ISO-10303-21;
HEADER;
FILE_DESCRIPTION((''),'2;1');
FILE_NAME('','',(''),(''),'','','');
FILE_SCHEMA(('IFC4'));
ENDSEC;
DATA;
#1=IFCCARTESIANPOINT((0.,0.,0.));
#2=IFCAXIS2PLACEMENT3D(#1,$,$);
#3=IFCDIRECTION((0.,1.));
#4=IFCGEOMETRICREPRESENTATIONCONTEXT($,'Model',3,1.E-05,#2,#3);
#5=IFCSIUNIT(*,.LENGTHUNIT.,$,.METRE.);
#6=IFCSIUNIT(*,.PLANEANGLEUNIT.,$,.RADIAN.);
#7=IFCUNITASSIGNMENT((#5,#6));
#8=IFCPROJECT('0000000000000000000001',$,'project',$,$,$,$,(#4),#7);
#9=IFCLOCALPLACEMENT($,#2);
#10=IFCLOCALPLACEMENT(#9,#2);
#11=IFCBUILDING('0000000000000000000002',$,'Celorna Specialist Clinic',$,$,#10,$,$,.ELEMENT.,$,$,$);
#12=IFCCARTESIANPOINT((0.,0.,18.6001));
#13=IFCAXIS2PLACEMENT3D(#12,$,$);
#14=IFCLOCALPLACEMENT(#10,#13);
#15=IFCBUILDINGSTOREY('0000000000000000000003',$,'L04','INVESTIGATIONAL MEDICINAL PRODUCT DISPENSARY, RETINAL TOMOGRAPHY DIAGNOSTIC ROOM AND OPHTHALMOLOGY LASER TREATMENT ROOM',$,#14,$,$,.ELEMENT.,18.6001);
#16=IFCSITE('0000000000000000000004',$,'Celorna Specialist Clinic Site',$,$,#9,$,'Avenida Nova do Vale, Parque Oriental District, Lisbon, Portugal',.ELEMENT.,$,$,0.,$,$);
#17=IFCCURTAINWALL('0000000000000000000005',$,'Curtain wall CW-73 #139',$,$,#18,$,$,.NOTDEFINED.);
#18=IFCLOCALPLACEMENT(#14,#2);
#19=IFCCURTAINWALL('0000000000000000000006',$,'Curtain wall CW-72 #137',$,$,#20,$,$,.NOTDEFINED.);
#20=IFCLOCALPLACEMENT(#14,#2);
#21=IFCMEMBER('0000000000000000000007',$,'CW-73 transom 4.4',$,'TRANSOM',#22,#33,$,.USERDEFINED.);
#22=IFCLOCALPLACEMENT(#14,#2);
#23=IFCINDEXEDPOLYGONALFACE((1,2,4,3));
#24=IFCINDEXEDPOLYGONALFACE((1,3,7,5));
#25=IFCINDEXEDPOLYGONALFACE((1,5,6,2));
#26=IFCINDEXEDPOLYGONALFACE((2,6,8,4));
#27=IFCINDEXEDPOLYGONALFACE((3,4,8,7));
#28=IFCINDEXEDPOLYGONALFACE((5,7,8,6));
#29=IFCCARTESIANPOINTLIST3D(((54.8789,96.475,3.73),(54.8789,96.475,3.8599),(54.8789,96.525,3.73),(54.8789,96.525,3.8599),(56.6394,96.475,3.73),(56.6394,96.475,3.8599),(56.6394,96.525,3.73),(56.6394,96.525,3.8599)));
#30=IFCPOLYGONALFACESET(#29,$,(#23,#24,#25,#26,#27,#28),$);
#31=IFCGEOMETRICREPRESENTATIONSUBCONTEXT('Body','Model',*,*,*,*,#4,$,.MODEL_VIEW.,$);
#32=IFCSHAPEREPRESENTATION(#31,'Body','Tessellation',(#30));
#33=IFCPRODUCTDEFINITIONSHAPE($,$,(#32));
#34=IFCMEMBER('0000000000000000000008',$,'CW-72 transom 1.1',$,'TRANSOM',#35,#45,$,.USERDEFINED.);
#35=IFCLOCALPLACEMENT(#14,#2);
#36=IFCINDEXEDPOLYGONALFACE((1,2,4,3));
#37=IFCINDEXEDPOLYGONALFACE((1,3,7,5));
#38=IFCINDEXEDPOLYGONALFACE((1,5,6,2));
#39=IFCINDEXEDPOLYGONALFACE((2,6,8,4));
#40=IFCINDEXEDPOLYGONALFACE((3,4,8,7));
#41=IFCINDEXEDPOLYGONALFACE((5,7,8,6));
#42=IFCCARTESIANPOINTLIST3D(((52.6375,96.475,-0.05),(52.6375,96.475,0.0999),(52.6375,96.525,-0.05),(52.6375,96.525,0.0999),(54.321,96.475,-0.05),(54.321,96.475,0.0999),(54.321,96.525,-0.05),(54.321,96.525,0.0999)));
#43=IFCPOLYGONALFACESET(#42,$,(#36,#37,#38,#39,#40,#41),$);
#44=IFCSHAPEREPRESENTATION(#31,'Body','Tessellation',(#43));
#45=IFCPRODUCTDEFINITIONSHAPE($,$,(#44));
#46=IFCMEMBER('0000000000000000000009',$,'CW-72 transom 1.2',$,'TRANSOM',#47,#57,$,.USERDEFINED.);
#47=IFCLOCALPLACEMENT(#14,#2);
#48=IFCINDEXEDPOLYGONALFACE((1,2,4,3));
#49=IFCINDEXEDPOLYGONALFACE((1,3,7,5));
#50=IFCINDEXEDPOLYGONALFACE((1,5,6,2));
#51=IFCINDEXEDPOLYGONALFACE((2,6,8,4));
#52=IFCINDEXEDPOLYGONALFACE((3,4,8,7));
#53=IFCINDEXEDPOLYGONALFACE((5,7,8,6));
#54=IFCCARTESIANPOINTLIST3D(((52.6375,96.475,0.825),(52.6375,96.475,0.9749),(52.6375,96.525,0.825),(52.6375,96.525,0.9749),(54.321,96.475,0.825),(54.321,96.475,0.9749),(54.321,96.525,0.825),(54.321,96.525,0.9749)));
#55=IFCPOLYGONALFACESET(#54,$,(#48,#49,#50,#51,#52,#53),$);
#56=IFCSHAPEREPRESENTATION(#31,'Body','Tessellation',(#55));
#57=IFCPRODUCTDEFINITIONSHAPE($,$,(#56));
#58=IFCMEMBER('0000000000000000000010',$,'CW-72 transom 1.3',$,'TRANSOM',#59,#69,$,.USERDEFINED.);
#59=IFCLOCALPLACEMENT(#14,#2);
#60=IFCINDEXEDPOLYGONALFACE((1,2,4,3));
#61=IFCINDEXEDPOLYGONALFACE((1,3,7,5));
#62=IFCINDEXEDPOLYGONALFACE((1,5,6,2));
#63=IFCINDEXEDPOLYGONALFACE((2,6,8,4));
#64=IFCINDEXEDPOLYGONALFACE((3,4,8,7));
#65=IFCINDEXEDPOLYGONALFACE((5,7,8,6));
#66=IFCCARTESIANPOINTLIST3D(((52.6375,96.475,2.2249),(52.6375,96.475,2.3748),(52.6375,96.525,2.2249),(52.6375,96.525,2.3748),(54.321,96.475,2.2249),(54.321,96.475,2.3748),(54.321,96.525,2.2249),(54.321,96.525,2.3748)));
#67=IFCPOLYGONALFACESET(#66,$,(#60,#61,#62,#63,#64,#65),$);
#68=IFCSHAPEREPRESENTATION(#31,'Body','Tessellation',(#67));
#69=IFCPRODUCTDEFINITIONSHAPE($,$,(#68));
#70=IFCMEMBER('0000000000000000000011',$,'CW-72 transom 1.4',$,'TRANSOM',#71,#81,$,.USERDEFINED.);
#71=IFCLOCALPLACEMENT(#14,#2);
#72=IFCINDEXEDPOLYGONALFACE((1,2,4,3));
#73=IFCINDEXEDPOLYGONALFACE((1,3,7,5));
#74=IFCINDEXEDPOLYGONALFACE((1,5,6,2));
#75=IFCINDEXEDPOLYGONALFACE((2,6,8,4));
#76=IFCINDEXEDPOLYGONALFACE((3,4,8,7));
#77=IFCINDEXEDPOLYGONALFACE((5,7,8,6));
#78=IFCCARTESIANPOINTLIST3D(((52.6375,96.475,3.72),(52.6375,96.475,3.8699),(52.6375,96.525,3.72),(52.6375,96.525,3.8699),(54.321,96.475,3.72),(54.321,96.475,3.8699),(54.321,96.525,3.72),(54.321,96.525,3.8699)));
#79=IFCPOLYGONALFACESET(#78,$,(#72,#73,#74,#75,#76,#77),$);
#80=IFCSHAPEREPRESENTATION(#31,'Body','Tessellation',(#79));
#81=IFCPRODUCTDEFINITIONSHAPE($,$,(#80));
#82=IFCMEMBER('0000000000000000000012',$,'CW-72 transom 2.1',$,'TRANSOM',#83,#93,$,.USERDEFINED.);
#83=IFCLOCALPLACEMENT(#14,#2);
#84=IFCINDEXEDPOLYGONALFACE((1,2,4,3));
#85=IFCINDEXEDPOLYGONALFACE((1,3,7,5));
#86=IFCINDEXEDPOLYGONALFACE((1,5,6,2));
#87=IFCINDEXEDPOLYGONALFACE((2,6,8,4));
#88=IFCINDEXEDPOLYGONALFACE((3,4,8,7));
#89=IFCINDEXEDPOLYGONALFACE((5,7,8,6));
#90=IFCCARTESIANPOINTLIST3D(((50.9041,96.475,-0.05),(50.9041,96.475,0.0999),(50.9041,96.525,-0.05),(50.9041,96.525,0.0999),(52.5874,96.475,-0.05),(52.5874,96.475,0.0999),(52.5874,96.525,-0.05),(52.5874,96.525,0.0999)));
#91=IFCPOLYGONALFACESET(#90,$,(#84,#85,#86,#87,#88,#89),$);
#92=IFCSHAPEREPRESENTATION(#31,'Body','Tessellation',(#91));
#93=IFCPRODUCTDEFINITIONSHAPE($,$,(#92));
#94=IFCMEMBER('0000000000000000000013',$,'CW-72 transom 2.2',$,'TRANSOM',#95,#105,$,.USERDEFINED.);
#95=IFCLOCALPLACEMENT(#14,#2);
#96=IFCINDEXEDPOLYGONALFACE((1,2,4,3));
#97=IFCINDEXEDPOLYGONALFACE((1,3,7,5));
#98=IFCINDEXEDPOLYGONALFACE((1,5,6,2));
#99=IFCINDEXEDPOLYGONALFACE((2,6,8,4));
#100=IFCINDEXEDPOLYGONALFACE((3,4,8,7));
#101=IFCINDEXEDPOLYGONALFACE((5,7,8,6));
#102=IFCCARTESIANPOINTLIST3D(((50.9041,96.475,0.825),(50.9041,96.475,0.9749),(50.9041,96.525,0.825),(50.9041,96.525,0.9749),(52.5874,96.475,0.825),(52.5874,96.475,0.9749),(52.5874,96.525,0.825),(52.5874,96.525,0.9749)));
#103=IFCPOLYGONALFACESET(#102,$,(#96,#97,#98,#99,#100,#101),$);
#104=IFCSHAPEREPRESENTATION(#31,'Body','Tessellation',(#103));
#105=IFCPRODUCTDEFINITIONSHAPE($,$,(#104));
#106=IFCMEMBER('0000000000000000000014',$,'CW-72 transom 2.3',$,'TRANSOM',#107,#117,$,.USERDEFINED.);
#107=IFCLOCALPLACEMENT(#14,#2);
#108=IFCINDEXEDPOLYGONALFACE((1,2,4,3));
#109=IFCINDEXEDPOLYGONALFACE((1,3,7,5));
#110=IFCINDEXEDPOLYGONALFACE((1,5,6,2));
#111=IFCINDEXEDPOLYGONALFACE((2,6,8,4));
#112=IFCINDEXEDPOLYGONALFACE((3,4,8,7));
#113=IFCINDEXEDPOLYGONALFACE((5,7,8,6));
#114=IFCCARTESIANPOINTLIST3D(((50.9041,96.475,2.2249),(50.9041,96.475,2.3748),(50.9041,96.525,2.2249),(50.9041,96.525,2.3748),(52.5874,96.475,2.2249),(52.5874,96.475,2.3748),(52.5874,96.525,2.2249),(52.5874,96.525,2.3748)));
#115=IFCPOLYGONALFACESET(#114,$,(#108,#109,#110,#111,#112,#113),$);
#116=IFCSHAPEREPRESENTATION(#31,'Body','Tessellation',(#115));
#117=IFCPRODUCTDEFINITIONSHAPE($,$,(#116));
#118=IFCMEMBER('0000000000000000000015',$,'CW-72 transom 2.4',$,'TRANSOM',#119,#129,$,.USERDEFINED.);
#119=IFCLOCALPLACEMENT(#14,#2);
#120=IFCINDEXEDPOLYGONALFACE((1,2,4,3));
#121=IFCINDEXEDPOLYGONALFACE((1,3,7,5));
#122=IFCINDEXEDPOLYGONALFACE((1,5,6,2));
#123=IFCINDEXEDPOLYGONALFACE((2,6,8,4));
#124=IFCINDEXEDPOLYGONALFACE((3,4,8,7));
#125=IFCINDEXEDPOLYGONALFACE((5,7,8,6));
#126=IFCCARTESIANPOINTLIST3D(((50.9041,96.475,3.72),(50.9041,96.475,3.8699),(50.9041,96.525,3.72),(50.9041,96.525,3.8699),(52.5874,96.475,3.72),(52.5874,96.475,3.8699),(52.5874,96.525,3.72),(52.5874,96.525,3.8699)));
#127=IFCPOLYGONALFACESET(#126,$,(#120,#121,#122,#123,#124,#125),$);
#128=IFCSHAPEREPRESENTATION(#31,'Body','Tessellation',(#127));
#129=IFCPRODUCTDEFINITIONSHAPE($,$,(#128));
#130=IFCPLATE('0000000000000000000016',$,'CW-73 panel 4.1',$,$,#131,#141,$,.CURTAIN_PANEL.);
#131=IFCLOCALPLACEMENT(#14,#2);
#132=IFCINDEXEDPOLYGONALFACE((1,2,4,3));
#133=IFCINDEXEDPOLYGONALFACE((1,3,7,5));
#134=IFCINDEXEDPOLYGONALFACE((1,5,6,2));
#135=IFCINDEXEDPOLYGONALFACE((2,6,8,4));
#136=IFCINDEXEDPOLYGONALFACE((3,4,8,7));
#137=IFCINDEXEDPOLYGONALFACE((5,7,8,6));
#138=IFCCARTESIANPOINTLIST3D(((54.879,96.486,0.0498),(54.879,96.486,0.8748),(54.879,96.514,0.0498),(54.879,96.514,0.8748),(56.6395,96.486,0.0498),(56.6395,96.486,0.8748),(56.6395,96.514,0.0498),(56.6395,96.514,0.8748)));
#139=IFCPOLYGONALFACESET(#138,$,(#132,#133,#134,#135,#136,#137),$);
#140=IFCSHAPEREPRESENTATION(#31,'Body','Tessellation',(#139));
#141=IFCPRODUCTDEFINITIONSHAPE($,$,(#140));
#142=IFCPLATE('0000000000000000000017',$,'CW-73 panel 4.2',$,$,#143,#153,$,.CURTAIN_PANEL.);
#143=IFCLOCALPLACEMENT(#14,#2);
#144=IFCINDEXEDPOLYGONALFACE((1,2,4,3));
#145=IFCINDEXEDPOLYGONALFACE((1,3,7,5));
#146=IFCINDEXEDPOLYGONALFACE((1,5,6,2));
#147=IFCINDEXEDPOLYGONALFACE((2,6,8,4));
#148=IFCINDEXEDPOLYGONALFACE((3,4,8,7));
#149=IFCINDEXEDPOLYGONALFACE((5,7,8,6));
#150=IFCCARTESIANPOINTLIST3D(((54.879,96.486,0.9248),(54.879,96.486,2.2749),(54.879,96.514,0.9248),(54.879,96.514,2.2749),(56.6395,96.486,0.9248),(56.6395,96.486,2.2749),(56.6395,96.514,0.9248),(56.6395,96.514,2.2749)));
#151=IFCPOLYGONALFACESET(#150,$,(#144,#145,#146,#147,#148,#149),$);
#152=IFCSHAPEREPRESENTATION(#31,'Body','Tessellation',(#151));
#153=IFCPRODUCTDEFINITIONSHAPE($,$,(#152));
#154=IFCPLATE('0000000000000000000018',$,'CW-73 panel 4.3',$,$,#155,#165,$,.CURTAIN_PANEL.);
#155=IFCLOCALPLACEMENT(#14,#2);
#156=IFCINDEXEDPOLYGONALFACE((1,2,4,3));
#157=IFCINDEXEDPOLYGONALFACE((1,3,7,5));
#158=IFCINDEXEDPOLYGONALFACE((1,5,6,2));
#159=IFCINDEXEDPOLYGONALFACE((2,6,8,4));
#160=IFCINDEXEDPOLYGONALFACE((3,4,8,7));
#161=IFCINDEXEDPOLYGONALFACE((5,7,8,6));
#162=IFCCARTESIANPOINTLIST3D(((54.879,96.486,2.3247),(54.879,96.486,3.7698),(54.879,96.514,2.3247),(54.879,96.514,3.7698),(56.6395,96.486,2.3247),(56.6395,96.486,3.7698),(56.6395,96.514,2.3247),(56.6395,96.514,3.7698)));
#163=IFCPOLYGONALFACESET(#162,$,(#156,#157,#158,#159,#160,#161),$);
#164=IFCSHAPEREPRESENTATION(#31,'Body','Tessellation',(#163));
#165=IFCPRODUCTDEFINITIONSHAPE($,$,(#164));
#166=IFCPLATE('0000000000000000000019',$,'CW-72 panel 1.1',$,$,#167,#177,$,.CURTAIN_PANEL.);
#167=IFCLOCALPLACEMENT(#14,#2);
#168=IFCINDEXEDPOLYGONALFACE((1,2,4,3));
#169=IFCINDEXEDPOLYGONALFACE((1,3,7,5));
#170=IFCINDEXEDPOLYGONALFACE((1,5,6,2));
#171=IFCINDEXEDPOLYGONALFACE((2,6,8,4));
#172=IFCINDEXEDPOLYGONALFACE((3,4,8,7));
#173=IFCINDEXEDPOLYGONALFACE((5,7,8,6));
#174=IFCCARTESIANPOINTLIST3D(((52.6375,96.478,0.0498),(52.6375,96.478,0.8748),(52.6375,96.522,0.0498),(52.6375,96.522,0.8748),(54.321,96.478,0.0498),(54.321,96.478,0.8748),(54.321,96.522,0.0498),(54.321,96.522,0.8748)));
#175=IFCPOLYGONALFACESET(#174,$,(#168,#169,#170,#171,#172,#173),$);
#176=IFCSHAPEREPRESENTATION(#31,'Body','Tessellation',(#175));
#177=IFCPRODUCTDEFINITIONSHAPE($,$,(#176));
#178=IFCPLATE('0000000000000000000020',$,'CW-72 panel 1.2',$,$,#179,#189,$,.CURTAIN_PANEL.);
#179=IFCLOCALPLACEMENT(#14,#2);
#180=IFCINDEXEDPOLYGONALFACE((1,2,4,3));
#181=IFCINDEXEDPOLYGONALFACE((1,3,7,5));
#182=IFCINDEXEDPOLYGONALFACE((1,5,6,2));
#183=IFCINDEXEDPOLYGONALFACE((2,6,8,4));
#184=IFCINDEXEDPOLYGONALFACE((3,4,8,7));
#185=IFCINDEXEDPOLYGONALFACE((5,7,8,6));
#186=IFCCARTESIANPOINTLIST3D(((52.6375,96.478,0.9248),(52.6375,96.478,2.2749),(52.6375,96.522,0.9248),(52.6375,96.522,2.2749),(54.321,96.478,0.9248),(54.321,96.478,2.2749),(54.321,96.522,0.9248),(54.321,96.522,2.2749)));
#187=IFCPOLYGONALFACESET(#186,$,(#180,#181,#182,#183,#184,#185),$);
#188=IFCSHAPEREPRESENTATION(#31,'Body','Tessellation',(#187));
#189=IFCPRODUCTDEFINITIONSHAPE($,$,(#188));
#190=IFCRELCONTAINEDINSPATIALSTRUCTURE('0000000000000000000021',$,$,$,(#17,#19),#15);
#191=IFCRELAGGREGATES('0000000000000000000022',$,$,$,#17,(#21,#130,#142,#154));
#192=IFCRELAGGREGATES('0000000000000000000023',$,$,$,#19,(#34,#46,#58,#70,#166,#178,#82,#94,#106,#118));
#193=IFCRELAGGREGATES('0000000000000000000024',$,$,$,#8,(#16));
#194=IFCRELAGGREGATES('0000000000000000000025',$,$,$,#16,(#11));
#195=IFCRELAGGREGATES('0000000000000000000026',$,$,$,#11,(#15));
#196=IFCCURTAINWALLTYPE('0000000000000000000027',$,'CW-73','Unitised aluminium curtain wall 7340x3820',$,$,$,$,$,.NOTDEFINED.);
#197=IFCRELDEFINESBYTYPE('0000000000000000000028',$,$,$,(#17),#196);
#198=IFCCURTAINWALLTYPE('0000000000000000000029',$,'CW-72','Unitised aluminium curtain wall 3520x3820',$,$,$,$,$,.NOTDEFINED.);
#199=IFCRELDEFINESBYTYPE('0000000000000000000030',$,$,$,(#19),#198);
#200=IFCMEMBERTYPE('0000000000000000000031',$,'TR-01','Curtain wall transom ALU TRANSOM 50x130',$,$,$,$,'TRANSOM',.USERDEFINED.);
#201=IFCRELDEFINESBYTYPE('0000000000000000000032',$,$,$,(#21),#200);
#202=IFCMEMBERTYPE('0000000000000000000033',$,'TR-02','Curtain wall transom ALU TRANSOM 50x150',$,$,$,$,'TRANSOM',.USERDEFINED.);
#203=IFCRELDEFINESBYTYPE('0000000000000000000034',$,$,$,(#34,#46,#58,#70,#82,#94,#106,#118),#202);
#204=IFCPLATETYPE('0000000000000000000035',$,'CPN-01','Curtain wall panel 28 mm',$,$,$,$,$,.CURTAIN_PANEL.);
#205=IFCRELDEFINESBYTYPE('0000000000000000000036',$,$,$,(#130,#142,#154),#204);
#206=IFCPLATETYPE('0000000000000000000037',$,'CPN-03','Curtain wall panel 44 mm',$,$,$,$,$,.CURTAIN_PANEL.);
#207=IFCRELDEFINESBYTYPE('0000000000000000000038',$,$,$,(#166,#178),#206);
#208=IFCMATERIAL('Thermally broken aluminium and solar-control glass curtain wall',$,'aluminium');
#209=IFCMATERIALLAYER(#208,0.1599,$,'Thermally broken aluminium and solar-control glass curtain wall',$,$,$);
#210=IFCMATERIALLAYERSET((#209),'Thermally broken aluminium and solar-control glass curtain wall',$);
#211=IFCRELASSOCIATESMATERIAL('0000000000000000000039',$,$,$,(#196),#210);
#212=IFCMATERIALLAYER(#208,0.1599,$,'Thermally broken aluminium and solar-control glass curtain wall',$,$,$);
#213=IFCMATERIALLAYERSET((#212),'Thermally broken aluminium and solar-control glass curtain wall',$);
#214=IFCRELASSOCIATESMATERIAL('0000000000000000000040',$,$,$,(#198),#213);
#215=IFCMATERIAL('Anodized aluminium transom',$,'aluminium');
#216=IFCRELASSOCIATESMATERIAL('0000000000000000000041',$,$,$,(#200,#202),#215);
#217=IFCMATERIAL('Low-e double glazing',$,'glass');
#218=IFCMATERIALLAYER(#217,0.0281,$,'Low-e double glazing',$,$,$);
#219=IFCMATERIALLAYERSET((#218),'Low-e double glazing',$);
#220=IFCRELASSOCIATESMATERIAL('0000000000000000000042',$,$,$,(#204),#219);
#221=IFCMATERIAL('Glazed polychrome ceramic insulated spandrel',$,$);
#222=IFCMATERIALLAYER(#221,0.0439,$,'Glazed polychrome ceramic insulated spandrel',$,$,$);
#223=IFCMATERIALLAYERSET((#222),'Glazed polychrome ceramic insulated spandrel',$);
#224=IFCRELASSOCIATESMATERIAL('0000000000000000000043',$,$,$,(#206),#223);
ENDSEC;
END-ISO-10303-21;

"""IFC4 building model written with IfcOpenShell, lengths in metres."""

from ifc_helpers import new_model, si_unit, direction, frame, origin, origin_2d, place, context, subcontext, project, spatial, rectangle, extrude, material, layer, layer_set, material_profile, profile_set, type_object, element, aggregate, save


model = new_model("IFC4")

# Units and contexts
model_context = context("Model", 3, precision=1e-05, world=origin(), true_north=direction((0.0, 1.0)))
body_context = subcontext(model_context, "Body", "Model", "MODEL_VIEW")
ifc_project = project(units=[si_unit("LENGTHUNIT", "METRE"), si_unit("PLANEANGLEUNIT", "RADIAN")], contexts=[model_context])

# Site, building, storey
site_placement = place(None, origin())
site = spatial("IfcSite", under=ifc_project, at=site_placement, Name="Celorna Specialist Clinic Site", LongName="Avenida Nova do Vale, Parque Oriental District, Lisbon, Portugal", CompositionType="ELEMENT", RefElevation=0.0)
building_placement = place(site_placement, origin())
building = spatial("IfcBuilding", under=site, at=building_placement, Name="Celorna Specialist Clinic", CompositionType="ELEMENT")
storey_placement = place(building_placement, frame((0.0, 0.0, 18.6001)))
storey = spatial("IfcBuildingStorey", under=building, at=storey_placement, Name="L04", Description="INVESTIGATIONAL MEDICINAL PRODUCT DISPENSARY, RETINAL TOMOGRAPHY DIAGNOSTIC ROOM AND OPHTHALMOLOGY LASER TREATMENT ROOM", CompositionType="ELEMENT", Elevation=18.6001)

# Curtain wall
ifc_material_1 = material(Name="Thermally broken aluminium and solar-control glass curtain wall", Category="aluminium")
ifc_layer_1 = layer(ifc_material_1, 0.1599, Name="Thermally broken aluminium and solar-control glass curtain wall")
ifc_layer_set_1 = layer_set([ifc_layer_1], Name="Thermally broken aluminium and solar-control glass curtain wall")
curtain_wall_type_1 = type_object("IfcCurtainWallType", Name="CW-73", Description="Unitised aluminium curtain wall 7340x3820", PredefinedType="NOTDEFINED", material=ifc_layer_set_1)
curtain_wall_1_placement = place(storey_placement, origin())
curtain_wall_1 = element("IfcCurtainWall", 1, at=curtain_wall_1_placement, inside=storey, type_object=curtain_wall_type_1, Name="Curtain wall CW-73 #139", PredefinedType="NOTDEFINED")

# Curtain wall
ifc_layer_2 = layer(ifc_material_1, 0.1599, Name="Thermally broken aluminium and solar-control glass curtain wall")
ifc_layer_set_2 = layer_set([ifc_layer_2], Name="Thermally broken aluminium and solar-control glass curtain wall")
curtain_wall_type_2 = type_object("IfcCurtainWallType", Name="CW-72", Description="Unitised aluminium curtain wall 3520x3820", PredefinedType="NOTDEFINED", material=ifc_layer_set_2)
curtain_wall_2_placement = place(storey_placement, origin())
curtain_wall_2 = element("IfcCurtainWall", 2, at=curtain_wall_2_placement, inside=storey, type_object=curtain_wall_type_2, Name="Curtain wall CW-72 #137", PredefinedType="NOTDEFINED")

# Members
ifc_material_2 = material(Name="Anodized aluminium transom", Category="aluminium")
ifc_material_profile_1 = material_profile(ifc_material_2, rectangle(XDim=0.05, YDim=0.1299, at=origin_2d()), Name="ALU TRANSOM 50x130")
ifc_profile_set_1 = profile_set([ifc_material_profile_1], Name="Anodized aluminium transom")
member_type_1 = type_object("IfcMemberType", Name="TR-01", Description="Curtain wall transom ALU TRANSOM 50x130", ElementType="TRANSOM", PredefinedType="USERDEFINED", material=ifc_profile_set_1)
member_1_placement = place(storey_placement, frame((56.6394, 96.5, 3.7949), z_axis=(-1.0, 0.0, 0.0), x_axis=(0.0, -1.0, 0.0)))
member_1 = element("IfcMember", 3, at=member_1_placement, type_object=member_type_1, Name="CW-73 transom 4.4", ObjectType="TRANSOM", PredefinedType="USERDEFINED", context=body_context, shape_type="SweptSolid", body=[
    extrude(rectangle(XDim=0.05, YDim=0.1299, at=origin_2d()), origin(), (0.0, 0.0, 1.0), 1.7605),
])
ifc_material_profile_2 = material_profile(ifc_material_2, rectangle(XDim=0.05, YDim=0.1499, at=origin_2d()), Name="ALU TRANSOM 50x150")
ifc_profile_set_2 = profile_set([ifc_material_profile_2], Name="Anodized aluminium transom")
member_type_2 = type_object("IfcMemberType", Name="TR-02", Description="Curtain wall transom ALU TRANSOM 50x150", ElementType="TRANSOM", PredefinedType="USERDEFINED", material=ifc_profile_set_2)
member_2_placement = place(storey_placement, frame((54.321, 96.5, 0.0249), z_axis=(-1.0, 0.0, 0.0), x_axis=(0.0, -1.0, 0.0)))
member_2 = element("IfcMember", 4, at=member_2_placement, type_object=member_type_2, Name="CW-72 transom 1.1", ObjectType="TRANSOM", PredefinedType="USERDEFINED", context=body_context, shape_type="SweptSolid", body=[
    extrude(rectangle(XDim=0.05, YDim=0.1499, at=origin_2d()), origin(), (0.0, 0.0, 1.0), 1.6836),
])
member_3_placement = place(storey_placement, frame((54.321, 96.5, 0.8999), z_axis=(-1.0, 0.0, 0.0), x_axis=(0.0, -1.0, 0.0)))
member_3 = element("IfcMember", 5, at=member_3_placement, type_object=member_type_2, Name="CW-72 transom 1.2", ObjectType="TRANSOM", PredefinedType="USERDEFINED", context=body_context, shape_type="SweptSolid", body=[
    extrude(rectangle(XDim=0.05, YDim=0.1499, at=origin_2d()), origin(), (0.0, 0.0, 1.0), 1.6836),
])
member_4_placement = place(storey_placement, frame((54.321, 96.5, 2.2998), z_axis=(-1.0, 0.0, 0.0), x_axis=(0.0, -1.0, 0.0)))
member_4 = element("IfcMember", 6, at=member_4_placement, type_object=member_type_2, Name="CW-72 transom 1.3", ObjectType="TRANSOM", PredefinedType="USERDEFINED", context=body_context, shape_type="SweptSolid", body=[
    extrude(rectangle(XDim=0.05, YDim=0.1499, at=origin_2d()), origin(), (0.0, 0.0, 1.0), 1.6836),
])
member_5_placement = place(storey_placement, frame((54.321, 96.5, 3.7949), z_axis=(-1.0, 0.0, 0.0), x_axis=(0.0, -1.0, 0.0)))
member_5 = element("IfcMember", 7, at=member_5_placement, type_object=member_type_2, Name="CW-72 transom 1.4", ObjectType="TRANSOM", PredefinedType="USERDEFINED", context=body_context, shape_type="SweptSolid", body=[
    extrude(rectangle(XDim=0.05, YDim=0.1499, at=origin_2d()), origin(), (0.0, 0.0, 1.0), 1.6836),
])
member_6_placement = place(storey_placement, frame((52.5874, 96.5, 0.0249), z_axis=(-1.0, 0.0, 0.0), x_axis=(0.0, -1.0, 0.0)))
member_6 = element("IfcMember", 8, at=member_6_placement, type_object=member_type_2, Name="CW-72 transom 2.1", ObjectType="TRANSOM", PredefinedType="USERDEFINED", context=body_context, shape_type="SweptSolid", body=[
    extrude(rectangle(XDim=0.05, YDim=0.1499, at=origin_2d()), origin(), (0.0, 0.0, 1.0), 1.6833),
])
member_7_placement = place(storey_placement, frame((52.5874, 96.5, 0.8999), z_axis=(-1.0, 0.0, 0.0), x_axis=(0.0, -1.0, 0.0)))
member_7 = element("IfcMember", 9, at=member_7_placement, type_object=member_type_2, Name="CW-72 transom 2.2", ObjectType="TRANSOM", PredefinedType="USERDEFINED", context=body_context, shape_type="SweptSolid", body=[
    extrude(rectangle(XDim=0.05, YDim=0.1499, at=origin_2d()), origin(), (0.0, 0.0, 1.0), 1.6833),
])
member_8_placement = place(storey_placement, frame((52.5874, 96.5, 2.2998), z_axis=(-1.0, 0.0, 0.0), x_axis=(0.0, -1.0, 0.0)))
member_8 = element("IfcMember", 10, at=member_8_placement, type_object=member_type_2, Name="CW-72 transom 2.3", ObjectType="TRANSOM", PredefinedType="USERDEFINED", context=body_context, shape_type="SweptSolid", body=[
    extrude(rectangle(XDim=0.05, YDim=0.1499, at=origin_2d()), origin(), (0.0, 0.0, 1.0), 1.6833),
])
member_9_placement = place(storey_placement, frame((52.5874, 96.5, 3.7949), z_axis=(-1.0, 0.0, 0.0), x_axis=(0.0, -1.0, 0.0)))
member_9 = element("IfcMember", 11, at=member_9_placement, type_object=member_type_2, Name="CW-72 transom 2.4", ObjectType="TRANSOM", PredefinedType="USERDEFINED", context=body_context, shape_type="SweptSolid", body=[
    extrude(rectangle(XDim=0.05, YDim=0.1499, at=origin_2d()), origin(), (0.0, 0.0, 1.0), 1.6833),
])

# Plates
ifc_material_3 = material(Name="Low-e double glazing", Category="glass")
ifc_layer_3 = layer(ifc_material_3, 0.0281, Name="Low-e double glazing")
ifc_layer_set_3 = layer_set([ifc_layer_3], Name="Low-e double glazing")
plate_type_1 = type_object("IfcPlateType", Name="CPN-01", Description="Curtain wall panel 28 mm", PredefinedType="CURTAIN_PANEL", material=ifc_layer_set_3)
plate_1_placement = place(storey_placement, frame((55.7593, 96.5, 0.0498), z_axis=(0.0, 0.0, 1.0), x_axis=(-1.0, 0.0, 0.0)))
plate_1 = element("IfcPlate", 12, at=plate_1_placement, type_object=plate_type_1, Name="CW-73 panel 4.1", PredefinedType="CURTAIN_PANEL", context=body_context, shape_type="SweptSolid", body=[
    extrude(rectangle(XDim=1.7605, YDim=0.0281, at=origin_2d()), origin(), (0.0, 0.0, 1.0), 0.825),
])
plate_2_placement = place(storey_placement, frame((55.7593, 96.5, 0.9248), z_axis=(0.0, 0.0, 1.0), x_axis=(-1.0, 0.0, 0.0)))
plate_2 = element("IfcPlate", 13, at=plate_2_placement, type_object=plate_type_1, Name="CW-73 panel 4.2", PredefinedType="CURTAIN_PANEL", context=body_context, shape_type="SweptSolid", body=[
    extrude(rectangle(XDim=1.7605, YDim=0.0281, at=origin_2d()), origin(), (0.0, 0.0, 1.0), 1.3501),
])
plate_3_placement = place(storey_placement, frame((55.7593, 96.5, 2.3247), z_axis=(0.0, 0.0, 1.0), x_axis=(-1.0, 0.0, 0.0)))
plate_3 = element("IfcPlate", 14, at=plate_3_placement, type_object=plate_type_1, Name="CW-73 panel 4.3", PredefinedType="CURTAIN_PANEL", context=body_context, shape_type="SweptSolid", body=[
    extrude(rectangle(XDim=1.7605, YDim=0.0281, at=origin_2d()), origin(), (0.0, 0.0, 1.0), 1.4451),
])
aggregate(curtain_wall_1, [member_1, plate_1, plate_2, plate_3])
ifc_material_4 = material(Name="Glazed polychrome ceramic insulated spandrel")
ifc_layer_4 = layer(ifc_material_4, 0.0439, Name="Glazed polychrome ceramic insulated spandrel")
ifc_layer_set_4 = layer_set([ifc_layer_4], Name="Glazed polychrome ceramic insulated spandrel")
plate_type_2 = type_object("IfcPlateType", Name="CPN-03", Description="Curtain wall panel 44 mm", PredefinedType="CURTAIN_PANEL", material=ifc_layer_set_4)
plate_4_placement = place(storey_placement, frame((53.4792, 96.5, 0.0498), z_axis=(0.0, 0.0, 1.0), x_axis=(-1.0, 0.0, 0.0)))
plate_4 = element("IfcPlate", 15, at=plate_4_placement, type_object=plate_type_2, Name="CW-72 panel 1.1", PredefinedType="CURTAIN_PANEL", context=body_context, shape_type="SweptSolid", body=[
    extrude(rectangle(XDim=1.6836, YDim=0.0439, at=origin_2d()), origin(), (0.0, 0.0, 1.0), 0.825),
])
plate_5_placement = place(storey_placement, frame((53.4792, 96.5, 0.9248), z_axis=(0.0, 0.0, 1.0), x_axis=(-1.0, 0.0, 0.0)))
plate_5 = element("IfcPlate", 16, at=plate_5_placement, type_object=plate_type_2, Name="CW-72 panel 1.2", PredefinedType="CURTAIN_PANEL", context=body_context, shape_type="SweptSolid", body=[
    extrude(rectangle(XDim=1.6836, YDim=0.0439, at=origin_2d()), origin(), (0.0, 0.0, 1.0), 1.3501),
])
aggregate(curtain_wall_2, [member_2, member_3, member_4, member_5, plate_4, plate_5, member_6, member_7, member_8, member_9])

save(model, "model.ifc")
